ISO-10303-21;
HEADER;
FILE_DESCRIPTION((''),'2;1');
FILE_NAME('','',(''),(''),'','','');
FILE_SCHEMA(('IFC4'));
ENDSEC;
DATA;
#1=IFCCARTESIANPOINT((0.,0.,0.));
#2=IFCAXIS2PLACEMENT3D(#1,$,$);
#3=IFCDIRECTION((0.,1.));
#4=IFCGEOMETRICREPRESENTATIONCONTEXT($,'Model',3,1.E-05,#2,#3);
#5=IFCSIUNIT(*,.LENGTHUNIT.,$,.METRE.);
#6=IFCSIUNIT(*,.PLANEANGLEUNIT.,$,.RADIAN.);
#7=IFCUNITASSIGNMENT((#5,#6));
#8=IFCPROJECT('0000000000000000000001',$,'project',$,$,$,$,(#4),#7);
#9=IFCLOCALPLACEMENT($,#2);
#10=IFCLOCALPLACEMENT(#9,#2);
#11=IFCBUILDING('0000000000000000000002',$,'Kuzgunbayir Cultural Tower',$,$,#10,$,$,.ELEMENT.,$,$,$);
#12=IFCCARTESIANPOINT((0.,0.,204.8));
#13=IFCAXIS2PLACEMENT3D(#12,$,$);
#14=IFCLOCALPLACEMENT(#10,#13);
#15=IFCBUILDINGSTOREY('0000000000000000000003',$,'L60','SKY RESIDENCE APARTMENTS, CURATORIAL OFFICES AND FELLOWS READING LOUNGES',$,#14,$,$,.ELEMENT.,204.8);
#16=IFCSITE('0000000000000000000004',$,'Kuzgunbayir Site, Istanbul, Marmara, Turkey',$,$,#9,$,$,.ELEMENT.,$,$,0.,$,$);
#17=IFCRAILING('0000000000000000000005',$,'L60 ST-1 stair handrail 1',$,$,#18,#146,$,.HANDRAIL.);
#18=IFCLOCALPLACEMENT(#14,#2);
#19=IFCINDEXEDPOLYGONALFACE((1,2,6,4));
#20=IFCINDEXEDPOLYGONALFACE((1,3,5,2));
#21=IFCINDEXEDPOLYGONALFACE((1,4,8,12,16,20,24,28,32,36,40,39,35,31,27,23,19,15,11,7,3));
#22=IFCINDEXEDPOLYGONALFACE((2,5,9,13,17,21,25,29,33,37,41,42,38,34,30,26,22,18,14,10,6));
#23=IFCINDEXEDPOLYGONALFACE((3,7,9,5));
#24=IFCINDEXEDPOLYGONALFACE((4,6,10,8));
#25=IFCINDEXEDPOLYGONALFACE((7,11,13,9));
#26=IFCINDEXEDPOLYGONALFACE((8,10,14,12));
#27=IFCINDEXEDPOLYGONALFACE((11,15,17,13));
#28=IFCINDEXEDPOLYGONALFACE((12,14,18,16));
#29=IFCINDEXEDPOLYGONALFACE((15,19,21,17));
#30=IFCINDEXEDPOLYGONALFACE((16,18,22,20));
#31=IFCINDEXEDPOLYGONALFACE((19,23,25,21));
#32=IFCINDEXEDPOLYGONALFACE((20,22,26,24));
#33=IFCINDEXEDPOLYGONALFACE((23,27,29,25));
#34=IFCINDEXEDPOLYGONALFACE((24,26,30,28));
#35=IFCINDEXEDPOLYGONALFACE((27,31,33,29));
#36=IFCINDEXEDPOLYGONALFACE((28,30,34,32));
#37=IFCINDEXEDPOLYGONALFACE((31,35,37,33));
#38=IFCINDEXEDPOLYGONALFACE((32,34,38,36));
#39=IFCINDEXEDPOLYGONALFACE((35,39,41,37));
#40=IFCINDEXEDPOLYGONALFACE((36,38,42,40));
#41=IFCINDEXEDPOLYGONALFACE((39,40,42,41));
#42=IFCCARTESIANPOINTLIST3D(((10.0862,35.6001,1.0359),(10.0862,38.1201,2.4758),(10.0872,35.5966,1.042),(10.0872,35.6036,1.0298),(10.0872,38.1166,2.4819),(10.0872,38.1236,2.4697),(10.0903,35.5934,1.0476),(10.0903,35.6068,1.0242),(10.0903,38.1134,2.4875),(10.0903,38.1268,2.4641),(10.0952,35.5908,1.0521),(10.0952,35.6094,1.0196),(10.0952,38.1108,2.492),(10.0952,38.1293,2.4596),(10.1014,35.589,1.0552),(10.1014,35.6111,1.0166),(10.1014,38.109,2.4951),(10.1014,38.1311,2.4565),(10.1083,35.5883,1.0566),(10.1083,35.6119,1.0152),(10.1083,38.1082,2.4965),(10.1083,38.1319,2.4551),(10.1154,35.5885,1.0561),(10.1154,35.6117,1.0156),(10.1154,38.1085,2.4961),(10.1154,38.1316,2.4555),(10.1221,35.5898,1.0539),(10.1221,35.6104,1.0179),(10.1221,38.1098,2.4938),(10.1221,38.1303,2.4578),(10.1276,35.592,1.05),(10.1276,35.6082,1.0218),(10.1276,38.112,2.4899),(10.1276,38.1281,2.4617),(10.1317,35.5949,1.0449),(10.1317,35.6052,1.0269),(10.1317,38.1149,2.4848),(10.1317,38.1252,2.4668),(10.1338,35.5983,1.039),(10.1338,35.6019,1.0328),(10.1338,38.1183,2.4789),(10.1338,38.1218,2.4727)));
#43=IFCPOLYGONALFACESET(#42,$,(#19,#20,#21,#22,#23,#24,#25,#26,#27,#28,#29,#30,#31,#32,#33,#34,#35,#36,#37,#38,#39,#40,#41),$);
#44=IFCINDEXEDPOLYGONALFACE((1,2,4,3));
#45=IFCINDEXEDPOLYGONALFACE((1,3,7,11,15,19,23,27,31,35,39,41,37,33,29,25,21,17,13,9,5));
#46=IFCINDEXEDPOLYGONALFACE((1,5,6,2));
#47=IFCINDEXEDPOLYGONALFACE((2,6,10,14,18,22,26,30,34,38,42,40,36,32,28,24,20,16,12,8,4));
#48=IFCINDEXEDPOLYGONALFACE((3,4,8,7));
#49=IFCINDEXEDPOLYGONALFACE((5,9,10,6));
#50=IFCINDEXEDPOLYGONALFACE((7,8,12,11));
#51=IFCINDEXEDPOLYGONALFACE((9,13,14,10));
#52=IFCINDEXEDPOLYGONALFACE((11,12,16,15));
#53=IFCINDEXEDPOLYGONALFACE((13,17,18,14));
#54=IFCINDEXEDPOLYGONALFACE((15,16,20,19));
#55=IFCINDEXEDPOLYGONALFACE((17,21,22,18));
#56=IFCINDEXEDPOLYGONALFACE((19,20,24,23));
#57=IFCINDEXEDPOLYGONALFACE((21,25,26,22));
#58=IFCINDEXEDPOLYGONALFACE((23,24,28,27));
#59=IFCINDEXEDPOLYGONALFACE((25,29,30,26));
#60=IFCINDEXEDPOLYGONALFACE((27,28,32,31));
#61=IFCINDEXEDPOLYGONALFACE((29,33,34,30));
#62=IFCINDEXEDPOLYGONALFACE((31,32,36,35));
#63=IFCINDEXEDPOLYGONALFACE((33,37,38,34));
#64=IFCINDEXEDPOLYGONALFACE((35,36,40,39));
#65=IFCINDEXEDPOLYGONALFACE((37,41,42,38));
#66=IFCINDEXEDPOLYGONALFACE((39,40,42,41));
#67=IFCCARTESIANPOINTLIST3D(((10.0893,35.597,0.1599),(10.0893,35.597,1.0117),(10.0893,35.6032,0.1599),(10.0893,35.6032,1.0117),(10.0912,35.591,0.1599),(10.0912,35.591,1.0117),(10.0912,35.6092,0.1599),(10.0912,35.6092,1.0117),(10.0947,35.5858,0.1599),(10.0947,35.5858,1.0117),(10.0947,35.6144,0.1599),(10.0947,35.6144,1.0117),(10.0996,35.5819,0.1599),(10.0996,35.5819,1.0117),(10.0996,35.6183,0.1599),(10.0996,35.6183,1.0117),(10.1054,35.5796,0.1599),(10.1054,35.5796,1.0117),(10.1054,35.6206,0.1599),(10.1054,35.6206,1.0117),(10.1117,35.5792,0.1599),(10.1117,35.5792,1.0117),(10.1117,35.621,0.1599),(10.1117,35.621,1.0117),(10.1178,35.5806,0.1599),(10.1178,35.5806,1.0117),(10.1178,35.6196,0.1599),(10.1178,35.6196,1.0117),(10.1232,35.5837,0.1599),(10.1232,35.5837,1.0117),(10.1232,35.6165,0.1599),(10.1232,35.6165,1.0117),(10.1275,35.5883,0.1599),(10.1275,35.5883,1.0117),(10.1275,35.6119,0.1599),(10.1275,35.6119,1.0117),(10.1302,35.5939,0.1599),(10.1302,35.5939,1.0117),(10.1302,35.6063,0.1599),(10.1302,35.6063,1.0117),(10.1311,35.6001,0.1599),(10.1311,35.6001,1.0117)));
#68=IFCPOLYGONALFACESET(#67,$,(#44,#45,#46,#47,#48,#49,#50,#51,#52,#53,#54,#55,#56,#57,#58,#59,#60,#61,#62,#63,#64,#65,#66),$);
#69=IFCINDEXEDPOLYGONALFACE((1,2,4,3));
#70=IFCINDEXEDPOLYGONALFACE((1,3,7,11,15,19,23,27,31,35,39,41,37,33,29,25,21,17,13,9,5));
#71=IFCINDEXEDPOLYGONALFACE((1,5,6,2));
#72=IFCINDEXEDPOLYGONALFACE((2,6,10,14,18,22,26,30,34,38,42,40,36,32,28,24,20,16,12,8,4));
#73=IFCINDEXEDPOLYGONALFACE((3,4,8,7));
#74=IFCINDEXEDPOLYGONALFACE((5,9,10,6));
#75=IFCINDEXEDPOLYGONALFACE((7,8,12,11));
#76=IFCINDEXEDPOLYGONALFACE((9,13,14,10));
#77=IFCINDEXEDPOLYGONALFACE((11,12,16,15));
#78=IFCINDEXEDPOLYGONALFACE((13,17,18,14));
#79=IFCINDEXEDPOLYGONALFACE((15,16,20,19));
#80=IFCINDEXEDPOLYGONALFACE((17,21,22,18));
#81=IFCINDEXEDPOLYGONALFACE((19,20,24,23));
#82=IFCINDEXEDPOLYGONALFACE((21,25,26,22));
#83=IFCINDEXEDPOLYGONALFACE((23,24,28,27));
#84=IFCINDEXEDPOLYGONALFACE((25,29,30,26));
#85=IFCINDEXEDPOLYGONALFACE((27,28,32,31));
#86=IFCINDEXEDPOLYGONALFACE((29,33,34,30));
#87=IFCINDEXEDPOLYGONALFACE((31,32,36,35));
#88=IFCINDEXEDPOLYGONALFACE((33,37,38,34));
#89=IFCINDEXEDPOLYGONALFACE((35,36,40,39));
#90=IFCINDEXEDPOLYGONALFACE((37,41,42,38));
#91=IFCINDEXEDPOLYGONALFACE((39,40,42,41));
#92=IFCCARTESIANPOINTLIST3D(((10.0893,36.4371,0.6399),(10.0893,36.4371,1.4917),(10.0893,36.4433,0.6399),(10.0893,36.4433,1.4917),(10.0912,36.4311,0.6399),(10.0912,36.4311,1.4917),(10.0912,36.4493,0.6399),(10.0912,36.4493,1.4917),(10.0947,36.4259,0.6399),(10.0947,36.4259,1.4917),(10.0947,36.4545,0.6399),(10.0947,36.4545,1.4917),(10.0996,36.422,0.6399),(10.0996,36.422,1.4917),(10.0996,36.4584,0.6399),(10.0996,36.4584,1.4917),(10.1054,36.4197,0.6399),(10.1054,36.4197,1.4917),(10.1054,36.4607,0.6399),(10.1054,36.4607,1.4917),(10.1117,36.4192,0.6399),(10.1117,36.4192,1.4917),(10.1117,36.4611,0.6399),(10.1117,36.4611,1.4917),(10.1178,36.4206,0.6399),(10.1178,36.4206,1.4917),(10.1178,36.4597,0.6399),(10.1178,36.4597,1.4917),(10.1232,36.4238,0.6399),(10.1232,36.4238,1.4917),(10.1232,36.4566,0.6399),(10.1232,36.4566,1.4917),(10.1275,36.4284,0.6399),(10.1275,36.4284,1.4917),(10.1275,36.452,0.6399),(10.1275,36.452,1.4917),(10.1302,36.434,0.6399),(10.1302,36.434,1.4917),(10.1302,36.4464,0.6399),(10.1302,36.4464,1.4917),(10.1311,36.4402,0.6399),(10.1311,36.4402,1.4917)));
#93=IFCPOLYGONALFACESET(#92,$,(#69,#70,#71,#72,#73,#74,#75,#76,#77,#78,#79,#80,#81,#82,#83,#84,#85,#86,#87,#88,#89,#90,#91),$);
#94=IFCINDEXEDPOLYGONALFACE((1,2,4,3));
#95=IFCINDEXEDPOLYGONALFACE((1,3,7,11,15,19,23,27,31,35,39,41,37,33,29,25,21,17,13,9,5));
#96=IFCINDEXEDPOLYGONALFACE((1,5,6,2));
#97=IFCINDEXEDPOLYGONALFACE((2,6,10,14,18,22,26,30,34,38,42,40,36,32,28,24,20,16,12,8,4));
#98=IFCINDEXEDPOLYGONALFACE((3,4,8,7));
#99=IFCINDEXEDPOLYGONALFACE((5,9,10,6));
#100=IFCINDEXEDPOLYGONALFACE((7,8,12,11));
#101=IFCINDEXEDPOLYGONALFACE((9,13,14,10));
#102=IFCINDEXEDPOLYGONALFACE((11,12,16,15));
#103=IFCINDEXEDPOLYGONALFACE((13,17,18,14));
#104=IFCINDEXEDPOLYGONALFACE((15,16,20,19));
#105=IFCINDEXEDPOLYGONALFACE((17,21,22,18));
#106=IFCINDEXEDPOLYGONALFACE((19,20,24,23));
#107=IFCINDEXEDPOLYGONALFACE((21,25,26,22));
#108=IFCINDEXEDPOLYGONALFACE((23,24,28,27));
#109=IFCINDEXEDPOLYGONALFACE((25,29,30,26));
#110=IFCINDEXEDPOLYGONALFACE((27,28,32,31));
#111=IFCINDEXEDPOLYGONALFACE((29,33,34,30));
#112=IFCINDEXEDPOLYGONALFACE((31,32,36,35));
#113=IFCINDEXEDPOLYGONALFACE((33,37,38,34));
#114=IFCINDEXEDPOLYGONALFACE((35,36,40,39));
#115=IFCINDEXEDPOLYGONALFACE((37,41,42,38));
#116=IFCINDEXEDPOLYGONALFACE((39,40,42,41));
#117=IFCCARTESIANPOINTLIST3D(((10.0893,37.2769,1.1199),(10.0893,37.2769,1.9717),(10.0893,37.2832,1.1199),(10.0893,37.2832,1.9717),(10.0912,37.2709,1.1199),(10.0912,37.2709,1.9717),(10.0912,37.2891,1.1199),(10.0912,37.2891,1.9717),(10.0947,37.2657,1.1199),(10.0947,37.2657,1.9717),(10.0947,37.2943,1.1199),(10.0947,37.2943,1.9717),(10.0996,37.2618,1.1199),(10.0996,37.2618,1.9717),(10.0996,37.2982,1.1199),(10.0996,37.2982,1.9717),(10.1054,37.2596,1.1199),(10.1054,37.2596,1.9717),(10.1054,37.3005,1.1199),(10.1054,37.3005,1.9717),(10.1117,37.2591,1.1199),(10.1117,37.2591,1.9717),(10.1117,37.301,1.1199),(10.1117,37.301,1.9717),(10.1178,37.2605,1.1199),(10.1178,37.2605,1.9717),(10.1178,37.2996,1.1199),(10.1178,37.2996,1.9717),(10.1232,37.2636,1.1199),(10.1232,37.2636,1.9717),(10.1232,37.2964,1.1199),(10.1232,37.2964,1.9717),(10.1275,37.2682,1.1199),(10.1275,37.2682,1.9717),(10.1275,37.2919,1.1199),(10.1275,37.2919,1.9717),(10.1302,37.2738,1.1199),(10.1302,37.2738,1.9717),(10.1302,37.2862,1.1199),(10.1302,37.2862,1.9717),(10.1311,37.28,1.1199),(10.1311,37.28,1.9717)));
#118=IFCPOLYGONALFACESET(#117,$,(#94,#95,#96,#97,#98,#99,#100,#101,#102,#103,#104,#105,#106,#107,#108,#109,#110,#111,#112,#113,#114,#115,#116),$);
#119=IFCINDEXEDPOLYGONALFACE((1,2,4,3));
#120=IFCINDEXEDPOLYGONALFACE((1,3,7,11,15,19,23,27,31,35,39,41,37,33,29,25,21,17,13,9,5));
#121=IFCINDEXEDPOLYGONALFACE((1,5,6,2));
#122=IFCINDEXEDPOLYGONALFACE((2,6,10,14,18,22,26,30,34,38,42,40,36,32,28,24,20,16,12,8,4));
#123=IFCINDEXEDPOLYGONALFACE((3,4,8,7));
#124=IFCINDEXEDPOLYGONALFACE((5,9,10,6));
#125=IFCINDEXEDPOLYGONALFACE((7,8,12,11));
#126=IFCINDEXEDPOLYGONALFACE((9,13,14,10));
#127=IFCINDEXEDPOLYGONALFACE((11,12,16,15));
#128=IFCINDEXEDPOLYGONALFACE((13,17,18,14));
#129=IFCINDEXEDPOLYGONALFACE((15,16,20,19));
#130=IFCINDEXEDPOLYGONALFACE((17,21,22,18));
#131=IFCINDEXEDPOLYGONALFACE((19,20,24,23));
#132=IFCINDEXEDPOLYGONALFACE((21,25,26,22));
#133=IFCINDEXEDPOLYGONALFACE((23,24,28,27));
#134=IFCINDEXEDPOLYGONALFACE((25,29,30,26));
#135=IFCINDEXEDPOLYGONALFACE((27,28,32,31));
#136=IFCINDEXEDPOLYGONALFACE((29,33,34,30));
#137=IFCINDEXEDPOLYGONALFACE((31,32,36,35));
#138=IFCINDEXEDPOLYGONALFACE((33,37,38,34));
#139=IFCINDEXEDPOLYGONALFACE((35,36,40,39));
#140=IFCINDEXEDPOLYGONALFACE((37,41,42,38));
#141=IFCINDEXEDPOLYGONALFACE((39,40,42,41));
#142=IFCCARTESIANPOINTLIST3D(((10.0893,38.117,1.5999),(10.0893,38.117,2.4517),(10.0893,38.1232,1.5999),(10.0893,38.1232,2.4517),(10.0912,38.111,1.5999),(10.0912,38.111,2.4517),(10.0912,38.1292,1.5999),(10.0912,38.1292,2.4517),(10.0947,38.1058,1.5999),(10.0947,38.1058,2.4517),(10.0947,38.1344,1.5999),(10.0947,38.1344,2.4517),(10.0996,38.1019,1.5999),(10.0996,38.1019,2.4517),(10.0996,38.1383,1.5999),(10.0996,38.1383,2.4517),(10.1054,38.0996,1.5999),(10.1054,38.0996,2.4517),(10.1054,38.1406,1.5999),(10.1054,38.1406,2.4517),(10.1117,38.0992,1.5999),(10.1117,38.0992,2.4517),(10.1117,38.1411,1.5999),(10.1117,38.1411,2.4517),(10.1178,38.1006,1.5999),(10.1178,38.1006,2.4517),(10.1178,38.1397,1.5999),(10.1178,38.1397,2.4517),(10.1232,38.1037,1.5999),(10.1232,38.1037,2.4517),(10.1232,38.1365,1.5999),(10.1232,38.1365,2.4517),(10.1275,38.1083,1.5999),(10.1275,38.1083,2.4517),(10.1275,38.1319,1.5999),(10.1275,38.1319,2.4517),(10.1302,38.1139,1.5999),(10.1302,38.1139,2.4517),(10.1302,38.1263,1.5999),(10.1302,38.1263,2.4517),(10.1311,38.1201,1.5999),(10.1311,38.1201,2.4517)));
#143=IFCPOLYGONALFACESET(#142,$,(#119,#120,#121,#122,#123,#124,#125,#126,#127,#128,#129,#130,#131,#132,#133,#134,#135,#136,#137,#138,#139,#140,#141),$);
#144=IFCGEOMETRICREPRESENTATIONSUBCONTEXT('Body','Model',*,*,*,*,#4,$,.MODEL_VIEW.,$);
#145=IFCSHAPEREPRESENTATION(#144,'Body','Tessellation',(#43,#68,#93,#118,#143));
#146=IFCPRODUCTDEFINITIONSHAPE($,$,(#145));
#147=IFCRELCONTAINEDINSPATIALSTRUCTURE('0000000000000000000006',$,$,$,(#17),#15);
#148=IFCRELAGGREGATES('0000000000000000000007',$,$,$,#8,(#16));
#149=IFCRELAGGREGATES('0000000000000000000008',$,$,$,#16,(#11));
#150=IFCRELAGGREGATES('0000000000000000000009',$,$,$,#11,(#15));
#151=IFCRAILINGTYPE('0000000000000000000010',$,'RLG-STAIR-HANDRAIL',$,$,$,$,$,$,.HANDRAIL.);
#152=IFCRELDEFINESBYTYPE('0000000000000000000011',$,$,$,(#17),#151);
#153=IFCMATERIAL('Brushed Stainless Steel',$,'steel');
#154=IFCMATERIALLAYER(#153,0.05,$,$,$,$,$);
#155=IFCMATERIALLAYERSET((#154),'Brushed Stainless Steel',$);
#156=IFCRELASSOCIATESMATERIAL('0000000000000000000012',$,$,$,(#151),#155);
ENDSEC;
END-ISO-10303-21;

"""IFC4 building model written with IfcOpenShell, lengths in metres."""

from ifc_helpers import new_model, si_unit, direction, frame, origin, origin_2d, place, context, subcontext, project, spatial, circle, extrude, material, layer, layer_set, type_object, element, save


model = new_model("IFC4")

# Units and contexts
model_context = context("Model", 3, precision=1e-05, world=origin(), true_north=direction((0.0, 1.0)))
body_context = subcontext(model_context, "Body", "Model", "MODEL_VIEW")
ifc_project = project(units=[si_unit("LENGTHUNIT", "METRE"), si_unit("PLANEANGLEUNIT", "RADIAN")], contexts=[model_context])

# Site, building, storey
site_placement = place(None, origin())
site = spatial("IfcSite", under=ifc_project, at=site_placement, Name="Kuzgunbayir Site, Istanbul, Marmara, Turkey", CompositionType="ELEMENT", RefElevation=0.0)
building_placement = place(site_placement, origin())
building = spatial("IfcBuilding", under=site, at=building_placement, Name="Kuzgunbayir Cultural Tower", CompositionType="ELEMENT")
storey_placement = place(building_placement, frame((0.0, 0.0, 204.8)))
storey = spatial("IfcBuildingStorey", under=building, at=storey_placement, Name="L60", Description="SKY RESIDENCE APARTMENTS, CURATORIAL OFFICES AND FELLOWS READING LOUNGES", CompositionType="ELEMENT", Elevation=204.8)

# Shared definitions
ifc_material_1 = material(Name="Brushed Stainless Steel", Category="steel")

# Railing
ifc_layer_1 = layer(ifc_material_1, 0.05)
ifc_layer_set_1 = layer_set([ifc_layer_1], Name="Brushed Stainless Steel")
railing_type_1 = type_object("IfcRailingType", Name="RLG-STAIR-HANDRAIL", PredefinedType="HANDRAIL", material=ifc_layer_set_1)
railing_1_placement = place(storey_placement, frame((10.1101, 35.6001, 0.1599)))
element("IfcRailing", 1, at=railing_1_placement, inside=storey, type_object=railing_type_1, Name="L60 ST-1 stair handrail 1", PredefinedType="HANDRAIL", context=body_context, shape_type="SweptSolid", body=[
    extrude(circle(Radius=0.0239, at=origin_2d()), frame((0.0, 0.0, 0.876), z_axis=(0.0, 0.868253, 0.496121), x_axis=(-1.0, 0.0, 0.0)), (0.0, 0.0, 1.0), 2.9023),
    extrude(circle(Radius=0.021, at=origin_2d()), origin(), (0.0, 0.0, 1.0), 0.8518),
    extrude(circle(Radius=0.021, at=origin_2d()), frame((0.0, 0.8401, 0.48)), (0.0, 0.0, 1.0), 0.8518),
    extrude(circle(Radius=0.021, at=origin_2d()), frame((0.0, 1.6799, 0.96)), (0.0, 0.0, 1.0), 0.8518),
    extrude(circle(Radius=0.021, at=origin_2d()), frame((0.0, 2.52, 1.4399)), (0.0, 0.0, 1.0), 0.8518),
])

save(model, "model.ifc")
